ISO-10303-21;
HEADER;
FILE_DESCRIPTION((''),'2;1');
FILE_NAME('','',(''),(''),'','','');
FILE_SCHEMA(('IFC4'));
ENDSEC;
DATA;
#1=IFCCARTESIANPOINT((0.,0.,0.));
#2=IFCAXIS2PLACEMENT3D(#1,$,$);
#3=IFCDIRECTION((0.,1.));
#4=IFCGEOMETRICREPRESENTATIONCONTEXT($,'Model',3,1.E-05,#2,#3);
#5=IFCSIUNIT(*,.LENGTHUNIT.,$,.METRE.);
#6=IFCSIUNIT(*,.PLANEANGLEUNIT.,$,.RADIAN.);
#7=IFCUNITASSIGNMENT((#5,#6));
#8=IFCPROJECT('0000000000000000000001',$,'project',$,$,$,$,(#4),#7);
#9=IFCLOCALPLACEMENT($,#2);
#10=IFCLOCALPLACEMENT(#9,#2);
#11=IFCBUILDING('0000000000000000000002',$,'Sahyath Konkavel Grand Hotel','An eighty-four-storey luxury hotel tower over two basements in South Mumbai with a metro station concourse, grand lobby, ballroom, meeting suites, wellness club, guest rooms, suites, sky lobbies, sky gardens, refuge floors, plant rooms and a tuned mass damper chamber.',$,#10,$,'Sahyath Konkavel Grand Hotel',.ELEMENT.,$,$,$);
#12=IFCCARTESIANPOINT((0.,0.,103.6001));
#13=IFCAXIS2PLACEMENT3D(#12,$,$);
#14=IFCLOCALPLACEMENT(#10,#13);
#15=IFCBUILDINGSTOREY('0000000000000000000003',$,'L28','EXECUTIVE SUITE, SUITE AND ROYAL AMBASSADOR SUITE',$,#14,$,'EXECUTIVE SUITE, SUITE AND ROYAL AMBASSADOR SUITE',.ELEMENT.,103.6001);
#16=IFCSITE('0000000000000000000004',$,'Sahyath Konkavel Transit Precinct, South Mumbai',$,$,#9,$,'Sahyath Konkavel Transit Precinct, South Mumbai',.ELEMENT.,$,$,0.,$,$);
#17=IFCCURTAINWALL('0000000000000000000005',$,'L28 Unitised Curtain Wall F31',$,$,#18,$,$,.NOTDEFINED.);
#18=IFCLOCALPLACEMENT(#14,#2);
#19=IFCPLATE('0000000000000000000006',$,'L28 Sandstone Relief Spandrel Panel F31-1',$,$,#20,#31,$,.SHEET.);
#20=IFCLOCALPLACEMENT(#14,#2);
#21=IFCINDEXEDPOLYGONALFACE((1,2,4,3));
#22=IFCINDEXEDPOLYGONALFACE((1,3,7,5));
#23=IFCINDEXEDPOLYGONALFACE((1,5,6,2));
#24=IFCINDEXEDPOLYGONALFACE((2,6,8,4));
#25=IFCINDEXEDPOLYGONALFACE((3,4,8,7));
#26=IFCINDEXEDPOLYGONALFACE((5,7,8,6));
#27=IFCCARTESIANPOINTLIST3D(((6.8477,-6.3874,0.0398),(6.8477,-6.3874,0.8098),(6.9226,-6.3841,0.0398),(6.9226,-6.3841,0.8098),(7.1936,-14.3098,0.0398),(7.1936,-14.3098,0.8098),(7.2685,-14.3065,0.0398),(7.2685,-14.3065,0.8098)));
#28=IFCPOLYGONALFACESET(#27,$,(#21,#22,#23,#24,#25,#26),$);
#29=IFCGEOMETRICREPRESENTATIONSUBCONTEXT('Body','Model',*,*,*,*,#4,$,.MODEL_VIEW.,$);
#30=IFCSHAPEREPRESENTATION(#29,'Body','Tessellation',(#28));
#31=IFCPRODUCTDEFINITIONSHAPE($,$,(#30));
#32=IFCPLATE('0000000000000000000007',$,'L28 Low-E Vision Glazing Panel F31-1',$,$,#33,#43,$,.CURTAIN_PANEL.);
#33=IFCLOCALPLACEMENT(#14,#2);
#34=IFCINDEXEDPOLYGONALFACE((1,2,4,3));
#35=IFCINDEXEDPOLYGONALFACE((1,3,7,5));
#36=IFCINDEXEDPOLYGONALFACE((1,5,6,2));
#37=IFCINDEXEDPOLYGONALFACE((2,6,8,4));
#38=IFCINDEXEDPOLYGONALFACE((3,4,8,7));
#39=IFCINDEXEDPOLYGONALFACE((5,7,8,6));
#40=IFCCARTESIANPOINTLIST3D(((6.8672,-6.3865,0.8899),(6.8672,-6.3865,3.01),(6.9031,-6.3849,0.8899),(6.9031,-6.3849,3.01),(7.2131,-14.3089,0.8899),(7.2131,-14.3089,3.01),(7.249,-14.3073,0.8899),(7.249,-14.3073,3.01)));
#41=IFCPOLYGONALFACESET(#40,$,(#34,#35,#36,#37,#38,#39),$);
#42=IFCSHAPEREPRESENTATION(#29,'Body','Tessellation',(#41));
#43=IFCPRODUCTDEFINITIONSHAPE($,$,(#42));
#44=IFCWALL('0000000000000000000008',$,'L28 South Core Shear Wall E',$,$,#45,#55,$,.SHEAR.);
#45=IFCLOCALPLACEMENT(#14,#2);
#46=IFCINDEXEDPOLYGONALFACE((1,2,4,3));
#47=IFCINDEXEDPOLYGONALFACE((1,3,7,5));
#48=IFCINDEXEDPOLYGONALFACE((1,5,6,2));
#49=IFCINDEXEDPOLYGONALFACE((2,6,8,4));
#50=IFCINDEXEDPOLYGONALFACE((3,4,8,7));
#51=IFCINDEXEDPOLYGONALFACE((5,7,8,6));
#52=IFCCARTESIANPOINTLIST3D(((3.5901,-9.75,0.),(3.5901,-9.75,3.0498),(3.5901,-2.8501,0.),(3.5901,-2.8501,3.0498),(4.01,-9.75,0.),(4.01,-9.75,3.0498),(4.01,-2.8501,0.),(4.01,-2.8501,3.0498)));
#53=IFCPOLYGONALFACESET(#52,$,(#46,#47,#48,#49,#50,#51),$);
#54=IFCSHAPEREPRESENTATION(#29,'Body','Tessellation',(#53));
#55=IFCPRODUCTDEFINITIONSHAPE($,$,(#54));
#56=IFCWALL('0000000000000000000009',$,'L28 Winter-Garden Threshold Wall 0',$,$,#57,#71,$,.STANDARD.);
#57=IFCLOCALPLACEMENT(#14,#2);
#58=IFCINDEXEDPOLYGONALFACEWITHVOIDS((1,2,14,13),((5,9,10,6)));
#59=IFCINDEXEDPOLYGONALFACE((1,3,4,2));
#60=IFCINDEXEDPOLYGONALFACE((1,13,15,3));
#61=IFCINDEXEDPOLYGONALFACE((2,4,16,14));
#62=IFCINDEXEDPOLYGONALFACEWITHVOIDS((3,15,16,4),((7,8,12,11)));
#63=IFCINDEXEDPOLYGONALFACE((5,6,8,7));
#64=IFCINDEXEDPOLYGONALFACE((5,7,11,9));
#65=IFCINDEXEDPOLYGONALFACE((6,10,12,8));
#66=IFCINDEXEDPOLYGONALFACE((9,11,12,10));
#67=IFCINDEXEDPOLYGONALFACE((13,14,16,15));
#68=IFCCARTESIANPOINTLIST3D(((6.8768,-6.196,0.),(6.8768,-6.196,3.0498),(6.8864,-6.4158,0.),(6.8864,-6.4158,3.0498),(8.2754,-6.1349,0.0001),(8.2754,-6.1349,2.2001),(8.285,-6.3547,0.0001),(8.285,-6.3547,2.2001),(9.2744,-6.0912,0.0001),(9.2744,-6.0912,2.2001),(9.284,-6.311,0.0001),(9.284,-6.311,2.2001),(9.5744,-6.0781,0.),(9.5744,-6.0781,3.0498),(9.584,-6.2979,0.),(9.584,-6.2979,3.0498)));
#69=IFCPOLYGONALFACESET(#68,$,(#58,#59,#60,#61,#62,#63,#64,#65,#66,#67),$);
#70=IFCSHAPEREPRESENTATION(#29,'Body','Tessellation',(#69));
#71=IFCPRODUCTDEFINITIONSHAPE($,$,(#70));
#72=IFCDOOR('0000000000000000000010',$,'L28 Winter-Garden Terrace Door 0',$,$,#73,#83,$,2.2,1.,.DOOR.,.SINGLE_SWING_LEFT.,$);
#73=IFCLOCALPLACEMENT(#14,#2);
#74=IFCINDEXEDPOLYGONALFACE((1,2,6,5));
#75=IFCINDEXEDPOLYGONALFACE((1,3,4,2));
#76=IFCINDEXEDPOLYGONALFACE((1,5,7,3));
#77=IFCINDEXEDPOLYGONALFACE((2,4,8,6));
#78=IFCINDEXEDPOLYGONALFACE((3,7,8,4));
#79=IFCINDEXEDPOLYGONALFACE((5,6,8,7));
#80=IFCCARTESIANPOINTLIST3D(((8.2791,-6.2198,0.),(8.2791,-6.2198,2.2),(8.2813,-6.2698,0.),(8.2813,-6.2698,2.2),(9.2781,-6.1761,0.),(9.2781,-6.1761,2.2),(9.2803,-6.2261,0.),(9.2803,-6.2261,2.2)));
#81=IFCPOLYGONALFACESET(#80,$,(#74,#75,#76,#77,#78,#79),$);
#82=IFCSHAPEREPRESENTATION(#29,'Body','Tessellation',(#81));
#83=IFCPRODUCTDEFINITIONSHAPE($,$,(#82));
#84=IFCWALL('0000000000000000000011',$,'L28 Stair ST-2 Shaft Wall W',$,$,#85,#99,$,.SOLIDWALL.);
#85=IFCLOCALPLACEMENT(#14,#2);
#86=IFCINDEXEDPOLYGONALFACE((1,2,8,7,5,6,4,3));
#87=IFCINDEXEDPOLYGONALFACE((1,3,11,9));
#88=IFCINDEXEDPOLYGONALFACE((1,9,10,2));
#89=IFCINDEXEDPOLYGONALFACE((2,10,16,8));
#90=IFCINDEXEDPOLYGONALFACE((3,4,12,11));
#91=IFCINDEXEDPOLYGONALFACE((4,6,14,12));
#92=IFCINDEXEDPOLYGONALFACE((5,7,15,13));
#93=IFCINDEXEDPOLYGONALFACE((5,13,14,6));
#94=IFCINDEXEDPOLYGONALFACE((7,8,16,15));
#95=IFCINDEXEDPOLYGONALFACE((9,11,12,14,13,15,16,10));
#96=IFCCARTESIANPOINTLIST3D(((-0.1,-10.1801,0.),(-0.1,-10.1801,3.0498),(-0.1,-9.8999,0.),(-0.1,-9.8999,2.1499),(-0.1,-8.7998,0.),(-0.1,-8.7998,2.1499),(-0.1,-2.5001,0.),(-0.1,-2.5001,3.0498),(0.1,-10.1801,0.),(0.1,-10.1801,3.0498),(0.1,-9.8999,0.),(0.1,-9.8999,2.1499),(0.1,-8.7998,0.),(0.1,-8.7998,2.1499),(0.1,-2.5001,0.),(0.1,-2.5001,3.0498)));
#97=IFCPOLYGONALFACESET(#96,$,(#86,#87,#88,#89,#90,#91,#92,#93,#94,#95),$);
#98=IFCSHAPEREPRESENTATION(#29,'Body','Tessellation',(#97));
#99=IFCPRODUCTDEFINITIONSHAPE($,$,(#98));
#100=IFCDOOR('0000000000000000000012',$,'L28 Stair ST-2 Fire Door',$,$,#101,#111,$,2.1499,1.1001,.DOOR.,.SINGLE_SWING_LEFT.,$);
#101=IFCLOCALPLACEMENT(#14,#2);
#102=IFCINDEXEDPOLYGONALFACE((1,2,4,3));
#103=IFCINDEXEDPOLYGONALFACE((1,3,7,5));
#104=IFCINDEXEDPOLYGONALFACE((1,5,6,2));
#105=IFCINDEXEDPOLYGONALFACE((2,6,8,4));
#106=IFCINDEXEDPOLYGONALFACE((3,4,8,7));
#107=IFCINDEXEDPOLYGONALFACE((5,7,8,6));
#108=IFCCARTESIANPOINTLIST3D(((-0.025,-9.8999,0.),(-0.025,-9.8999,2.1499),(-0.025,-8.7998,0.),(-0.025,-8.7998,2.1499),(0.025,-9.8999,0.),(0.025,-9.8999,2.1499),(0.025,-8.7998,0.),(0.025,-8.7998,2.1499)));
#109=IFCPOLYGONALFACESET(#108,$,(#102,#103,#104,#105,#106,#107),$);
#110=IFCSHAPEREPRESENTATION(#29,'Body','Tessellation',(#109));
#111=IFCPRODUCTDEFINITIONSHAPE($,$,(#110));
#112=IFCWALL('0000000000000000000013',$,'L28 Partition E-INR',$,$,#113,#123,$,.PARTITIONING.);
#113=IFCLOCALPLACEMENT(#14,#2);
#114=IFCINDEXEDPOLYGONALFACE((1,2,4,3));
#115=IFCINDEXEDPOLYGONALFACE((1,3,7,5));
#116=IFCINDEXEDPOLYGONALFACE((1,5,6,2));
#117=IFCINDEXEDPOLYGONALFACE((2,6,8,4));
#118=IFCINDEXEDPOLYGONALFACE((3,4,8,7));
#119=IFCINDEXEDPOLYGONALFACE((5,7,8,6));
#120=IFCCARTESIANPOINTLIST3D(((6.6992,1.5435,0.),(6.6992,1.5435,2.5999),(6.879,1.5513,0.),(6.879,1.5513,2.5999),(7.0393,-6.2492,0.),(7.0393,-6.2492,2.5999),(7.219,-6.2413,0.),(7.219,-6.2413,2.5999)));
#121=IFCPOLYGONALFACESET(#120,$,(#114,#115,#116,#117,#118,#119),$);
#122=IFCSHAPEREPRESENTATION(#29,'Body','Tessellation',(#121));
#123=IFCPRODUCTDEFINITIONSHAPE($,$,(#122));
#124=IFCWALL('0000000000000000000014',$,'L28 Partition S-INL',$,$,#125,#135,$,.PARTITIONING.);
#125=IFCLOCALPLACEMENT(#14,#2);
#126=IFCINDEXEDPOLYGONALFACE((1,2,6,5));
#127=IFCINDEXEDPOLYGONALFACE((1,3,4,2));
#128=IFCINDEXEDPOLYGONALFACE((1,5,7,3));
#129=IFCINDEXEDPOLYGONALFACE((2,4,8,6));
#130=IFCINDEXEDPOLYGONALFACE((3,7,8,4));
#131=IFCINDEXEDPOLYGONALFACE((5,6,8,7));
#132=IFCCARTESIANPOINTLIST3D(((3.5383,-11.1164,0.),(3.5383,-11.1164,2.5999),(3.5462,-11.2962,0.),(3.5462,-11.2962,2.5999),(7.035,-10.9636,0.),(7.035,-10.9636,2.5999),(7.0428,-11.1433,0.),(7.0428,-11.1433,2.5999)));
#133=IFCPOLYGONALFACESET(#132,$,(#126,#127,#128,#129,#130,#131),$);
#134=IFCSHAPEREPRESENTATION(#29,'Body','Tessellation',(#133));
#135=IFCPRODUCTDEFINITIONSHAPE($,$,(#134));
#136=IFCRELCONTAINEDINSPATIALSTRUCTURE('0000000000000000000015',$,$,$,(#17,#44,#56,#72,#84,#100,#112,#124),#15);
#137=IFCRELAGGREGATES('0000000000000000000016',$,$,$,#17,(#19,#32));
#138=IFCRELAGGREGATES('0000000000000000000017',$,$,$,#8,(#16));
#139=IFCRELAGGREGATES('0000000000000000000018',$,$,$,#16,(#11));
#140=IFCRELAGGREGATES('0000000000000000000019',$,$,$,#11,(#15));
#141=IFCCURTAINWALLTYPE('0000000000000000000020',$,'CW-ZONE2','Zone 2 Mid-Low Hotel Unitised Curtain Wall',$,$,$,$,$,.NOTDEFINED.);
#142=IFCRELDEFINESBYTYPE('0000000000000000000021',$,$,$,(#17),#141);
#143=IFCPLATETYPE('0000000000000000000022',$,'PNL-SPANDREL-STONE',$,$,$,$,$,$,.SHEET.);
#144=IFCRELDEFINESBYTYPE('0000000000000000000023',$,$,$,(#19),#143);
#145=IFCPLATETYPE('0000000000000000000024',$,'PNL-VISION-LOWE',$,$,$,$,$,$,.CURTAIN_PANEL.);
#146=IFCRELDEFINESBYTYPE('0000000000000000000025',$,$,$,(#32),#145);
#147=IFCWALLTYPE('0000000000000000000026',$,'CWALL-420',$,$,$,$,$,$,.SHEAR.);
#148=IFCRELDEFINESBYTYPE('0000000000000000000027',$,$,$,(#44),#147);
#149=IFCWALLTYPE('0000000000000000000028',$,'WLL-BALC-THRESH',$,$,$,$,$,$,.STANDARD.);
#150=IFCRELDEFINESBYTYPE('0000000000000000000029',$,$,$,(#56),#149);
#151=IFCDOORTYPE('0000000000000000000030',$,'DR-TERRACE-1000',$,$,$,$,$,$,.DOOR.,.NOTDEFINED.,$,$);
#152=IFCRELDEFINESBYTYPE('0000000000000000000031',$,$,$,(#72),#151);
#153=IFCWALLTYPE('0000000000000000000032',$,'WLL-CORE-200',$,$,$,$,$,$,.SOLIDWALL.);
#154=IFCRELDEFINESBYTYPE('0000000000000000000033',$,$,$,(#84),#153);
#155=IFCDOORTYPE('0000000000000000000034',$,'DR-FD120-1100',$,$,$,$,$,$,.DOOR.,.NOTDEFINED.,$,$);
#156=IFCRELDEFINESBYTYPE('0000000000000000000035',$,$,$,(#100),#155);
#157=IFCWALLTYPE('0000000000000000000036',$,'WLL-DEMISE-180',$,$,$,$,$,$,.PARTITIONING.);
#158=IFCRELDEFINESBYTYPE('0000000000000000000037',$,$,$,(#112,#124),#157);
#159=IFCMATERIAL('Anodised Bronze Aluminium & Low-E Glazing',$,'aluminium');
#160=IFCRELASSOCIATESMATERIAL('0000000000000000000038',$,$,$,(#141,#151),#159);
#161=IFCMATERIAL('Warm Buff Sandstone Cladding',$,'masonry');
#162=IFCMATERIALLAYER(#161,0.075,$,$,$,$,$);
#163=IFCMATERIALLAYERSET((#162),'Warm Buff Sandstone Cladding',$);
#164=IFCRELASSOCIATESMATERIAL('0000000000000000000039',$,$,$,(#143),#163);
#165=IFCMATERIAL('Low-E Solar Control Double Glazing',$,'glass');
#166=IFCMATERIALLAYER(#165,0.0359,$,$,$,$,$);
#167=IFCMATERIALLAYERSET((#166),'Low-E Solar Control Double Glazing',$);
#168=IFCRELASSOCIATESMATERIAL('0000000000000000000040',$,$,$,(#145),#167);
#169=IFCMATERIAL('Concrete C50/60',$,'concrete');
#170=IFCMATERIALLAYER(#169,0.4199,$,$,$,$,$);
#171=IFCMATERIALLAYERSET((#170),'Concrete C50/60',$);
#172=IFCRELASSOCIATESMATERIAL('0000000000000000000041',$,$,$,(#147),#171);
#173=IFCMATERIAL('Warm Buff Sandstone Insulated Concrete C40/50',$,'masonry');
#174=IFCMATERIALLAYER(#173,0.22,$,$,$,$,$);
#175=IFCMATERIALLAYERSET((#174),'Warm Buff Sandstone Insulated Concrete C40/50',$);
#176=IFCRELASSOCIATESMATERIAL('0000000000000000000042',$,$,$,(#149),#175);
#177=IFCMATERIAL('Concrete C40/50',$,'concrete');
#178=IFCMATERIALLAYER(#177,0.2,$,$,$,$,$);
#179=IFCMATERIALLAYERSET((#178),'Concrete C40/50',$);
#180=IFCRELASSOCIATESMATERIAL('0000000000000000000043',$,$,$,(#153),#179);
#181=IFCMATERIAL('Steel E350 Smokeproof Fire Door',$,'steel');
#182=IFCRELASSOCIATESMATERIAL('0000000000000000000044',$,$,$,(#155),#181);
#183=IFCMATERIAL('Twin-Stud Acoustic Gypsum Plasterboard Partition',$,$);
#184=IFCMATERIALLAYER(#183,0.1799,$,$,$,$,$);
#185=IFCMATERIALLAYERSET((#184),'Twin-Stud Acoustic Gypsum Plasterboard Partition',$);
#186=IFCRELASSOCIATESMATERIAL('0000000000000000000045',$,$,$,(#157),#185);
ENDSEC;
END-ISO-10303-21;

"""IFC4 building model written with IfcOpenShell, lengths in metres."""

from ifc_helpers import new_model, si_unit, direction, frame, frame_2d, origin, origin_2d, place, context, subcontext, project, spatial, rectangle, extrude, source, transform, mapped, material, layer, layer_set, type_object, element, fill, aggregate, save


model = new_model("IFC4")

# Units and contexts
model_context = context("Model", 3, precision=1e-05, world=origin(), true_north=direction((0.0, 1.0)))
body_context = subcontext(model_context, "Body", "Model", "MODEL_VIEW")
ifc_project = project(units=[si_unit("LENGTHUNIT", "METRE"), si_unit("PLANEANGLEUNIT", "RADIAN")], contexts=[model_context])

# Site, building, storey
site_placement = place(None, origin())
site = spatial("IfcSite", under=ifc_project, at=site_placement, Name="Sahyath Konkavel Transit Precinct, South Mumbai", LongName="Sahyath Konkavel Transit Precinct, South Mumbai", CompositionType="ELEMENT", RefElevation=0.0)
building_placement = place(site_placement, origin())
building = spatial("IfcBuilding", under=site, at=building_placement, Name="Sahyath Konkavel Grand Hotel", Description="An eighty-four-storey luxury hotel tower over two basements in South Mumbai with a metro station concourse, grand lobby, ballroom, meeting suites, wellness club, guest rooms, suites, sky lobbies, sky gardens, refuge floors, plant rooms and a tuned mass damper chamber.", LongName="Sahyath Konkavel Grand Hotel", CompositionType="ELEMENT")
storey_placement = place(building_placement, frame((0.0, 0.0, 103.6001)))
storey = spatial("IfcBuildingStorey", under=building, at=storey_placement, Name="L28", Description="EXECUTIVE SUITE, SUITE AND ROYAL AMBASSADOR SUITE", LongName="EXECUTIVE SUITE, SUITE AND ROYAL AMBASSADOR SUITE", CompositionType="ELEMENT", Elevation=103.6001)

# Curtain wall
ifc_material_1 = material(Name="Anodised Bronze Aluminium & Low-E Glazing", Category="aluminium")
curtain_wall_type = type_object("IfcCurtainWallType", Name="CW-ZONE2", Description="Zone 2 Mid-Low Hotel Unitised Curtain Wall", PredefinedType="NOTDEFINED", material=ifc_material_1)
curtain_wall_1_placement = place(storey_placement, origin())
curtain_wall_1 = element("IfcCurtainWall", 1, at=curtain_wall_1_placement, inside=storey, type_object=curtain_wall_type, Name="L28 Unitised Curtain Wall F31", PredefinedType="NOTDEFINED")

# Plates
ifc_material_2 = material(Name="Warm Buff Sandstone Cladding", Category="masonry")
ifc_layer_1 = layer(ifc_material_2, 0.075)
ifc_layer_set_1 = layer_set([ifc_layer_1], Name="Warm Buff Sandstone Cladding")
plate_type_1 = type_object("IfcPlateType", Name="PNL-SPANDREL-STONE", PredefinedType="SHEET", material=ifc_layer_set_1)
shared_shape_1 = source(origin(), body_context, "Body", "SweptSolid", [
    extrude(rectangle(XDim=7.9299, YDim=0.075, at=origin_2d()), origin(), (0.0, 0.0, 1.0), 0.77),
])
plate_1_placement = place(storey_placement, frame((7.0581, -10.3469, 0.0398), z_axis=(0.0, 0.0, 1.0), x_axis=(-0.043619, 0.999048, 0.0)))
plate_1 = element("IfcPlate", 2, at=plate_1_placement, type_object=plate_type_1, Name="L28 Sandstone Relief Spandrel Panel F31-1", PredefinedType="SHEET", context=body_context, shape_type="MappedRepresentation", body=[
    mapped(shared_shape_1, transform((0.0, 0.0, 0.0), scale=1.0)),
])
ifc_material_3 = material(Name="Low-E Solar Control Double Glazing", Category="glass")
ifc_layer_2 = layer(ifc_material_3, 0.0359)
ifc_layer_set_2 = layer_set([ifc_layer_2], Name="Low-E Solar Control Double Glazing")
plate_type_2 = type_object("IfcPlateType", Name="PNL-VISION-LOWE", PredefinedType="CURTAIN_PANEL", material=ifc_layer_set_2)
shared_shape_2 = source(origin(), body_context, "Body", "SweptSolid", [
    extrude(rectangle(XDim=7.9299, YDim=0.0359, at=origin_2d()), origin(), (0.0, 0.0, 1.0), 2.1201),
])
plate_2_placement = place(storey_placement, frame((7.0581, -10.3469, 0.8899), z_axis=(0.0, 0.0, 1.0), x_axis=(-0.043619, 0.999048, 0.0)))
plate_2 = element("IfcPlate", 3, at=plate_2_placement, type_object=plate_type_2, Name="L28 Low-E Vision Glazing Panel F31-1", PredefinedType="CURTAIN_PANEL", context=body_context, shape_type="MappedRepresentation", body=[
    mapped(shared_shape_2, transform((0.0, 0.0, 0.0), scale=1.0)),
])
aggregate(curtain_wall_1, [plate_1, plate_2])

# Wall
ifc_material_4 = material(Name="Concrete C50/60", Category="concrete")
ifc_layer_3 = layer(ifc_material_4, 0.4199)
ifc_layer_set_3 = layer_set([ifc_layer_3], Name="Concrete C50/60")
wall_type_1 = type_object("IfcWallType", Name="CWALL-420", PredefinedType="SHEAR", material=ifc_layer_set_3)
wall_1_placement = place(storey_placement, frame((3.8, -9.75, 0.0), z_axis=(0.0, 0.0, 1.0), x_axis=(0.0, 1.0, 0.0)))
element("IfcWall", 4, at=wall_1_placement, inside=storey, type_object=wall_type_1, Name="L28 South Core Shear Wall E", PredefinedType="SHEAR", context=body_context, shape_type="SweptSolid", body=[
    extrude(rectangle(XDim=6.8999, YDim=0.4199, at=frame_2d((3.45, 0.0))), origin(), (0.0, 0.0, 1.0), 3.0498),
])

# Walls, openings, doors
ifc_material_5 = material(Name="Warm Buff Sandstone Insulated Concrete C40/50", Category="masonry")
ifc_layer_4 = layer(ifc_material_5, 0.22)
ifc_layer_set_4 = layer_set([ifc_layer_4], Name="Warm Buff Sandstone Insulated Concrete C40/50")
wall_type_2 = type_object("IfcWallType", Name="WLL-BALC-THRESH", PredefinedType="STANDARD", material=ifc_layer_set_4)
wall_2_placement = place(storey_placement, frame((6.8816, -6.3059, 0.0), z_axis=(0.0, 0.0, 1.0), x_axis=(0.999046, 0.043673, 0.0)))
wall_2 = element("IfcWall", 5, at=wall_2_placement, inside=storey, type_object=wall_type_2, Name="L28 Winter-Garden Threshold Wall 0", PredefinedType="STANDARD", context=body_context, shape_type="SweptSolid", body=[
    extrude(rectangle(XDim=2.7002, YDim=0.22, at=frame_2d((1.3501, 0.0))), origin(), (0.0, 0.0, 1.0), 3.0498),
])
opening_1_placement = place(wall_2_placement, frame((1.3999, 0.0, 0.0)))
opening_1 = element("IfcOpeningElement", 6, at=opening_1_placement, cuts=wall_2, PredefinedType="OPENING", context=body_context, shape_type="SweptSolid", body=[
    extrude(rectangle(XDim=1.0, YDim=2.2, at=frame_2d((0.5, 1.1001))), frame((0.0, 0.1201, 0.0), z_axis=(0.0, -1.0, 0.0), x_axis=(1.0, 0.0, 0.0)), (0.0, 0.0, 1.0), 0.24),
])
door_type_1 = type_object("IfcDoorType", Name="DR-TERRACE-1000", OperationType="NOTDEFINED", PredefinedType="DOOR", material=ifc_material_1)
shared_shape_3 = source(origin(), body_context, "Body", "SweptSolid", [
    extrude(rectangle(XDim=1.0, YDim=0.05, at=origin_2d()), origin(), (0.0, 0.0, 1.0), 2.2),
])
door_1_placement = place(opening_1_placement, frame((0.5, 0.0, 0.0)))
door_1 = element("IfcDoor", 7, at=door_1_placement, inside=storey, type_object=door_type_1, Name="L28 Winter-Garden Terrace Door 0", OperationType="SINGLE_SWING_LEFT", OverallHeight=2.2, OverallWidth=1.0, PredefinedType="DOOR", context=body_context, shape_type="MappedRepresentation", body=[
    mapped(shared_shape_3, transform((0.0, 0.0, 0.0), scale=1.0)),
])
fill(opening_1, door_1)
ifc_material_6 = material(Name="Concrete C40/50", Category="concrete")
ifc_layer_5 = layer(ifc_material_6, 0.2)
ifc_layer_set_5 = layer_set([ifc_layer_5], Name="Concrete C40/50")
wall_type_3 = type_object("IfcWallType", Name="WLL-CORE-200", PredefinedType="SOLIDWALL", material=ifc_layer_set_5)
wall_3_placement = place(storey_placement, frame((0.0, -10.1799, 0.0), z_axis=(0.0, 0.0, 1.0), x_axis=(0.0, 1.0, 0.0)))
wall_3 = element("IfcWall", 8, at=wall_3_placement, inside=storey, type_object=wall_type_3, Name="L28 Stair ST-2 Shaft Wall W", PredefinedType="SOLIDWALL", context=body_context, shape_type="SweptSolid", body=[
    extrude(rectangle(XDim=7.6799, YDim=0.2, at=frame_2d((3.8398, 0.0))), origin(), (0.0, 0.0, 1.0), 3.0498),
])
opening_2_placement = place(wall_3_placement, frame((0.28, 0.0, 0.0)))
opening_2 = element("IfcOpeningElement", 9, at=opening_2_placement, cuts=wall_3, PredefinedType="OPENING", context=body_context, shape_type="SweptSolid", body=[
    extrude(rectangle(XDim=1.1001, YDim=2.1499, at=frame_2d((0.55, 1.075))), frame((0.0, 0.1099, 0.0), z_axis=(0.0, -1.0, 0.0), x_axis=(1.0, 0.0, 0.0)), (0.0, 0.0, 1.0), 0.22),
])
ifc_material_7 = material(Name="Steel E350 Smokeproof Fire Door", Category="steel")
door_type_2 = type_object("IfcDoorType", Name="DR-FD120-1100", OperationType="NOTDEFINED", PredefinedType="DOOR", material=ifc_material_7)
shared_shape_4 = source(origin(), body_context, "Body", "SweptSolid", [
    extrude(rectangle(XDim=1.1001, YDim=0.05, at=origin_2d()), origin(), (0.0, 0.0, 1.0), 2.1499),
])
door_2_placement = place(opening_2_placement, frame((0.55, 0.0, 0.0)))
door_2 = element("IfcDoor", 10, at=door_2_placement, inside=storey, type_object=door_type_2, Name="L28 Stair ST-2 Fire Door", OperationType="SINGLE_SWING_LEFT", OverallHeight=2.1499, OverallWidth=1.1001, PredefinedType="DOOR", context=body_context, shape_type="MappedRepresentation", body=[
    mapped(shared_shape_4, transform((0.0, 0.0, 0.0), scale=1.0)),
])
fill(opening_2, door_2)

# Walls
ifc_material_8 = material(Name="Twin-Stud Acoustic Gypsum Plasterboard Partition")
ifc_layer_6 = layer(ifc_material_8, 0.1799)
ifc_layer_set_6 = layer_set([ifc_layer_6], Name="Twin-Stud Acoustic Gypsum Plasterboard Partition")
wall_type_4 = type_object("IfcWallType", Name="WLL-DEMISE-180", PredefinedType="PARTITIONING", material=ifc_layer_set_6)
wall_4_placement = place(storey_placement, frame((7.1292, -6.2451, 0.0), z_axis=(0.0, 0.0, 1.0), x_axis=(-0.0436, 0.999049, 0.0)))
element("IfcWall", 11, at=wall_4_placement, inside=storey, type_object=wall_type_4, Name="L28 Partition E-INR", PredefinedType="PARTITIONING", context=body_context, shape_type="SweptSolid", body=[
    extrude(rectangle(XDim=7.8, YDim=0.1799, at=frame_2d((3.8999, 0.0))), origin(), (0.0, 0.0, 1.0), 2.5999),
])
wall_5_placement = place(storey_placement, frame((3.5422, -11.2063, 0.0), z_axis=(0.0, 0.0, 1.0), x_axis=(0.999046, 0.043667, 0.0)))
element("IfcWall", 12, at=wall_5_placement, inside=storey, type_object=wall_type_4, Name="L28 Partition S-INL", PredefinedType="PARTITIONING", context=body_context, shape_type="SweptSolid", body=[
    extrude(rectangle(XDim=3.5, YDim=0.1799, at=frame_2d((1.75, 0.0))), origin(), (0.0, 0.0, 1.0), 2.5999),
])

save(model, "model.ifc")
